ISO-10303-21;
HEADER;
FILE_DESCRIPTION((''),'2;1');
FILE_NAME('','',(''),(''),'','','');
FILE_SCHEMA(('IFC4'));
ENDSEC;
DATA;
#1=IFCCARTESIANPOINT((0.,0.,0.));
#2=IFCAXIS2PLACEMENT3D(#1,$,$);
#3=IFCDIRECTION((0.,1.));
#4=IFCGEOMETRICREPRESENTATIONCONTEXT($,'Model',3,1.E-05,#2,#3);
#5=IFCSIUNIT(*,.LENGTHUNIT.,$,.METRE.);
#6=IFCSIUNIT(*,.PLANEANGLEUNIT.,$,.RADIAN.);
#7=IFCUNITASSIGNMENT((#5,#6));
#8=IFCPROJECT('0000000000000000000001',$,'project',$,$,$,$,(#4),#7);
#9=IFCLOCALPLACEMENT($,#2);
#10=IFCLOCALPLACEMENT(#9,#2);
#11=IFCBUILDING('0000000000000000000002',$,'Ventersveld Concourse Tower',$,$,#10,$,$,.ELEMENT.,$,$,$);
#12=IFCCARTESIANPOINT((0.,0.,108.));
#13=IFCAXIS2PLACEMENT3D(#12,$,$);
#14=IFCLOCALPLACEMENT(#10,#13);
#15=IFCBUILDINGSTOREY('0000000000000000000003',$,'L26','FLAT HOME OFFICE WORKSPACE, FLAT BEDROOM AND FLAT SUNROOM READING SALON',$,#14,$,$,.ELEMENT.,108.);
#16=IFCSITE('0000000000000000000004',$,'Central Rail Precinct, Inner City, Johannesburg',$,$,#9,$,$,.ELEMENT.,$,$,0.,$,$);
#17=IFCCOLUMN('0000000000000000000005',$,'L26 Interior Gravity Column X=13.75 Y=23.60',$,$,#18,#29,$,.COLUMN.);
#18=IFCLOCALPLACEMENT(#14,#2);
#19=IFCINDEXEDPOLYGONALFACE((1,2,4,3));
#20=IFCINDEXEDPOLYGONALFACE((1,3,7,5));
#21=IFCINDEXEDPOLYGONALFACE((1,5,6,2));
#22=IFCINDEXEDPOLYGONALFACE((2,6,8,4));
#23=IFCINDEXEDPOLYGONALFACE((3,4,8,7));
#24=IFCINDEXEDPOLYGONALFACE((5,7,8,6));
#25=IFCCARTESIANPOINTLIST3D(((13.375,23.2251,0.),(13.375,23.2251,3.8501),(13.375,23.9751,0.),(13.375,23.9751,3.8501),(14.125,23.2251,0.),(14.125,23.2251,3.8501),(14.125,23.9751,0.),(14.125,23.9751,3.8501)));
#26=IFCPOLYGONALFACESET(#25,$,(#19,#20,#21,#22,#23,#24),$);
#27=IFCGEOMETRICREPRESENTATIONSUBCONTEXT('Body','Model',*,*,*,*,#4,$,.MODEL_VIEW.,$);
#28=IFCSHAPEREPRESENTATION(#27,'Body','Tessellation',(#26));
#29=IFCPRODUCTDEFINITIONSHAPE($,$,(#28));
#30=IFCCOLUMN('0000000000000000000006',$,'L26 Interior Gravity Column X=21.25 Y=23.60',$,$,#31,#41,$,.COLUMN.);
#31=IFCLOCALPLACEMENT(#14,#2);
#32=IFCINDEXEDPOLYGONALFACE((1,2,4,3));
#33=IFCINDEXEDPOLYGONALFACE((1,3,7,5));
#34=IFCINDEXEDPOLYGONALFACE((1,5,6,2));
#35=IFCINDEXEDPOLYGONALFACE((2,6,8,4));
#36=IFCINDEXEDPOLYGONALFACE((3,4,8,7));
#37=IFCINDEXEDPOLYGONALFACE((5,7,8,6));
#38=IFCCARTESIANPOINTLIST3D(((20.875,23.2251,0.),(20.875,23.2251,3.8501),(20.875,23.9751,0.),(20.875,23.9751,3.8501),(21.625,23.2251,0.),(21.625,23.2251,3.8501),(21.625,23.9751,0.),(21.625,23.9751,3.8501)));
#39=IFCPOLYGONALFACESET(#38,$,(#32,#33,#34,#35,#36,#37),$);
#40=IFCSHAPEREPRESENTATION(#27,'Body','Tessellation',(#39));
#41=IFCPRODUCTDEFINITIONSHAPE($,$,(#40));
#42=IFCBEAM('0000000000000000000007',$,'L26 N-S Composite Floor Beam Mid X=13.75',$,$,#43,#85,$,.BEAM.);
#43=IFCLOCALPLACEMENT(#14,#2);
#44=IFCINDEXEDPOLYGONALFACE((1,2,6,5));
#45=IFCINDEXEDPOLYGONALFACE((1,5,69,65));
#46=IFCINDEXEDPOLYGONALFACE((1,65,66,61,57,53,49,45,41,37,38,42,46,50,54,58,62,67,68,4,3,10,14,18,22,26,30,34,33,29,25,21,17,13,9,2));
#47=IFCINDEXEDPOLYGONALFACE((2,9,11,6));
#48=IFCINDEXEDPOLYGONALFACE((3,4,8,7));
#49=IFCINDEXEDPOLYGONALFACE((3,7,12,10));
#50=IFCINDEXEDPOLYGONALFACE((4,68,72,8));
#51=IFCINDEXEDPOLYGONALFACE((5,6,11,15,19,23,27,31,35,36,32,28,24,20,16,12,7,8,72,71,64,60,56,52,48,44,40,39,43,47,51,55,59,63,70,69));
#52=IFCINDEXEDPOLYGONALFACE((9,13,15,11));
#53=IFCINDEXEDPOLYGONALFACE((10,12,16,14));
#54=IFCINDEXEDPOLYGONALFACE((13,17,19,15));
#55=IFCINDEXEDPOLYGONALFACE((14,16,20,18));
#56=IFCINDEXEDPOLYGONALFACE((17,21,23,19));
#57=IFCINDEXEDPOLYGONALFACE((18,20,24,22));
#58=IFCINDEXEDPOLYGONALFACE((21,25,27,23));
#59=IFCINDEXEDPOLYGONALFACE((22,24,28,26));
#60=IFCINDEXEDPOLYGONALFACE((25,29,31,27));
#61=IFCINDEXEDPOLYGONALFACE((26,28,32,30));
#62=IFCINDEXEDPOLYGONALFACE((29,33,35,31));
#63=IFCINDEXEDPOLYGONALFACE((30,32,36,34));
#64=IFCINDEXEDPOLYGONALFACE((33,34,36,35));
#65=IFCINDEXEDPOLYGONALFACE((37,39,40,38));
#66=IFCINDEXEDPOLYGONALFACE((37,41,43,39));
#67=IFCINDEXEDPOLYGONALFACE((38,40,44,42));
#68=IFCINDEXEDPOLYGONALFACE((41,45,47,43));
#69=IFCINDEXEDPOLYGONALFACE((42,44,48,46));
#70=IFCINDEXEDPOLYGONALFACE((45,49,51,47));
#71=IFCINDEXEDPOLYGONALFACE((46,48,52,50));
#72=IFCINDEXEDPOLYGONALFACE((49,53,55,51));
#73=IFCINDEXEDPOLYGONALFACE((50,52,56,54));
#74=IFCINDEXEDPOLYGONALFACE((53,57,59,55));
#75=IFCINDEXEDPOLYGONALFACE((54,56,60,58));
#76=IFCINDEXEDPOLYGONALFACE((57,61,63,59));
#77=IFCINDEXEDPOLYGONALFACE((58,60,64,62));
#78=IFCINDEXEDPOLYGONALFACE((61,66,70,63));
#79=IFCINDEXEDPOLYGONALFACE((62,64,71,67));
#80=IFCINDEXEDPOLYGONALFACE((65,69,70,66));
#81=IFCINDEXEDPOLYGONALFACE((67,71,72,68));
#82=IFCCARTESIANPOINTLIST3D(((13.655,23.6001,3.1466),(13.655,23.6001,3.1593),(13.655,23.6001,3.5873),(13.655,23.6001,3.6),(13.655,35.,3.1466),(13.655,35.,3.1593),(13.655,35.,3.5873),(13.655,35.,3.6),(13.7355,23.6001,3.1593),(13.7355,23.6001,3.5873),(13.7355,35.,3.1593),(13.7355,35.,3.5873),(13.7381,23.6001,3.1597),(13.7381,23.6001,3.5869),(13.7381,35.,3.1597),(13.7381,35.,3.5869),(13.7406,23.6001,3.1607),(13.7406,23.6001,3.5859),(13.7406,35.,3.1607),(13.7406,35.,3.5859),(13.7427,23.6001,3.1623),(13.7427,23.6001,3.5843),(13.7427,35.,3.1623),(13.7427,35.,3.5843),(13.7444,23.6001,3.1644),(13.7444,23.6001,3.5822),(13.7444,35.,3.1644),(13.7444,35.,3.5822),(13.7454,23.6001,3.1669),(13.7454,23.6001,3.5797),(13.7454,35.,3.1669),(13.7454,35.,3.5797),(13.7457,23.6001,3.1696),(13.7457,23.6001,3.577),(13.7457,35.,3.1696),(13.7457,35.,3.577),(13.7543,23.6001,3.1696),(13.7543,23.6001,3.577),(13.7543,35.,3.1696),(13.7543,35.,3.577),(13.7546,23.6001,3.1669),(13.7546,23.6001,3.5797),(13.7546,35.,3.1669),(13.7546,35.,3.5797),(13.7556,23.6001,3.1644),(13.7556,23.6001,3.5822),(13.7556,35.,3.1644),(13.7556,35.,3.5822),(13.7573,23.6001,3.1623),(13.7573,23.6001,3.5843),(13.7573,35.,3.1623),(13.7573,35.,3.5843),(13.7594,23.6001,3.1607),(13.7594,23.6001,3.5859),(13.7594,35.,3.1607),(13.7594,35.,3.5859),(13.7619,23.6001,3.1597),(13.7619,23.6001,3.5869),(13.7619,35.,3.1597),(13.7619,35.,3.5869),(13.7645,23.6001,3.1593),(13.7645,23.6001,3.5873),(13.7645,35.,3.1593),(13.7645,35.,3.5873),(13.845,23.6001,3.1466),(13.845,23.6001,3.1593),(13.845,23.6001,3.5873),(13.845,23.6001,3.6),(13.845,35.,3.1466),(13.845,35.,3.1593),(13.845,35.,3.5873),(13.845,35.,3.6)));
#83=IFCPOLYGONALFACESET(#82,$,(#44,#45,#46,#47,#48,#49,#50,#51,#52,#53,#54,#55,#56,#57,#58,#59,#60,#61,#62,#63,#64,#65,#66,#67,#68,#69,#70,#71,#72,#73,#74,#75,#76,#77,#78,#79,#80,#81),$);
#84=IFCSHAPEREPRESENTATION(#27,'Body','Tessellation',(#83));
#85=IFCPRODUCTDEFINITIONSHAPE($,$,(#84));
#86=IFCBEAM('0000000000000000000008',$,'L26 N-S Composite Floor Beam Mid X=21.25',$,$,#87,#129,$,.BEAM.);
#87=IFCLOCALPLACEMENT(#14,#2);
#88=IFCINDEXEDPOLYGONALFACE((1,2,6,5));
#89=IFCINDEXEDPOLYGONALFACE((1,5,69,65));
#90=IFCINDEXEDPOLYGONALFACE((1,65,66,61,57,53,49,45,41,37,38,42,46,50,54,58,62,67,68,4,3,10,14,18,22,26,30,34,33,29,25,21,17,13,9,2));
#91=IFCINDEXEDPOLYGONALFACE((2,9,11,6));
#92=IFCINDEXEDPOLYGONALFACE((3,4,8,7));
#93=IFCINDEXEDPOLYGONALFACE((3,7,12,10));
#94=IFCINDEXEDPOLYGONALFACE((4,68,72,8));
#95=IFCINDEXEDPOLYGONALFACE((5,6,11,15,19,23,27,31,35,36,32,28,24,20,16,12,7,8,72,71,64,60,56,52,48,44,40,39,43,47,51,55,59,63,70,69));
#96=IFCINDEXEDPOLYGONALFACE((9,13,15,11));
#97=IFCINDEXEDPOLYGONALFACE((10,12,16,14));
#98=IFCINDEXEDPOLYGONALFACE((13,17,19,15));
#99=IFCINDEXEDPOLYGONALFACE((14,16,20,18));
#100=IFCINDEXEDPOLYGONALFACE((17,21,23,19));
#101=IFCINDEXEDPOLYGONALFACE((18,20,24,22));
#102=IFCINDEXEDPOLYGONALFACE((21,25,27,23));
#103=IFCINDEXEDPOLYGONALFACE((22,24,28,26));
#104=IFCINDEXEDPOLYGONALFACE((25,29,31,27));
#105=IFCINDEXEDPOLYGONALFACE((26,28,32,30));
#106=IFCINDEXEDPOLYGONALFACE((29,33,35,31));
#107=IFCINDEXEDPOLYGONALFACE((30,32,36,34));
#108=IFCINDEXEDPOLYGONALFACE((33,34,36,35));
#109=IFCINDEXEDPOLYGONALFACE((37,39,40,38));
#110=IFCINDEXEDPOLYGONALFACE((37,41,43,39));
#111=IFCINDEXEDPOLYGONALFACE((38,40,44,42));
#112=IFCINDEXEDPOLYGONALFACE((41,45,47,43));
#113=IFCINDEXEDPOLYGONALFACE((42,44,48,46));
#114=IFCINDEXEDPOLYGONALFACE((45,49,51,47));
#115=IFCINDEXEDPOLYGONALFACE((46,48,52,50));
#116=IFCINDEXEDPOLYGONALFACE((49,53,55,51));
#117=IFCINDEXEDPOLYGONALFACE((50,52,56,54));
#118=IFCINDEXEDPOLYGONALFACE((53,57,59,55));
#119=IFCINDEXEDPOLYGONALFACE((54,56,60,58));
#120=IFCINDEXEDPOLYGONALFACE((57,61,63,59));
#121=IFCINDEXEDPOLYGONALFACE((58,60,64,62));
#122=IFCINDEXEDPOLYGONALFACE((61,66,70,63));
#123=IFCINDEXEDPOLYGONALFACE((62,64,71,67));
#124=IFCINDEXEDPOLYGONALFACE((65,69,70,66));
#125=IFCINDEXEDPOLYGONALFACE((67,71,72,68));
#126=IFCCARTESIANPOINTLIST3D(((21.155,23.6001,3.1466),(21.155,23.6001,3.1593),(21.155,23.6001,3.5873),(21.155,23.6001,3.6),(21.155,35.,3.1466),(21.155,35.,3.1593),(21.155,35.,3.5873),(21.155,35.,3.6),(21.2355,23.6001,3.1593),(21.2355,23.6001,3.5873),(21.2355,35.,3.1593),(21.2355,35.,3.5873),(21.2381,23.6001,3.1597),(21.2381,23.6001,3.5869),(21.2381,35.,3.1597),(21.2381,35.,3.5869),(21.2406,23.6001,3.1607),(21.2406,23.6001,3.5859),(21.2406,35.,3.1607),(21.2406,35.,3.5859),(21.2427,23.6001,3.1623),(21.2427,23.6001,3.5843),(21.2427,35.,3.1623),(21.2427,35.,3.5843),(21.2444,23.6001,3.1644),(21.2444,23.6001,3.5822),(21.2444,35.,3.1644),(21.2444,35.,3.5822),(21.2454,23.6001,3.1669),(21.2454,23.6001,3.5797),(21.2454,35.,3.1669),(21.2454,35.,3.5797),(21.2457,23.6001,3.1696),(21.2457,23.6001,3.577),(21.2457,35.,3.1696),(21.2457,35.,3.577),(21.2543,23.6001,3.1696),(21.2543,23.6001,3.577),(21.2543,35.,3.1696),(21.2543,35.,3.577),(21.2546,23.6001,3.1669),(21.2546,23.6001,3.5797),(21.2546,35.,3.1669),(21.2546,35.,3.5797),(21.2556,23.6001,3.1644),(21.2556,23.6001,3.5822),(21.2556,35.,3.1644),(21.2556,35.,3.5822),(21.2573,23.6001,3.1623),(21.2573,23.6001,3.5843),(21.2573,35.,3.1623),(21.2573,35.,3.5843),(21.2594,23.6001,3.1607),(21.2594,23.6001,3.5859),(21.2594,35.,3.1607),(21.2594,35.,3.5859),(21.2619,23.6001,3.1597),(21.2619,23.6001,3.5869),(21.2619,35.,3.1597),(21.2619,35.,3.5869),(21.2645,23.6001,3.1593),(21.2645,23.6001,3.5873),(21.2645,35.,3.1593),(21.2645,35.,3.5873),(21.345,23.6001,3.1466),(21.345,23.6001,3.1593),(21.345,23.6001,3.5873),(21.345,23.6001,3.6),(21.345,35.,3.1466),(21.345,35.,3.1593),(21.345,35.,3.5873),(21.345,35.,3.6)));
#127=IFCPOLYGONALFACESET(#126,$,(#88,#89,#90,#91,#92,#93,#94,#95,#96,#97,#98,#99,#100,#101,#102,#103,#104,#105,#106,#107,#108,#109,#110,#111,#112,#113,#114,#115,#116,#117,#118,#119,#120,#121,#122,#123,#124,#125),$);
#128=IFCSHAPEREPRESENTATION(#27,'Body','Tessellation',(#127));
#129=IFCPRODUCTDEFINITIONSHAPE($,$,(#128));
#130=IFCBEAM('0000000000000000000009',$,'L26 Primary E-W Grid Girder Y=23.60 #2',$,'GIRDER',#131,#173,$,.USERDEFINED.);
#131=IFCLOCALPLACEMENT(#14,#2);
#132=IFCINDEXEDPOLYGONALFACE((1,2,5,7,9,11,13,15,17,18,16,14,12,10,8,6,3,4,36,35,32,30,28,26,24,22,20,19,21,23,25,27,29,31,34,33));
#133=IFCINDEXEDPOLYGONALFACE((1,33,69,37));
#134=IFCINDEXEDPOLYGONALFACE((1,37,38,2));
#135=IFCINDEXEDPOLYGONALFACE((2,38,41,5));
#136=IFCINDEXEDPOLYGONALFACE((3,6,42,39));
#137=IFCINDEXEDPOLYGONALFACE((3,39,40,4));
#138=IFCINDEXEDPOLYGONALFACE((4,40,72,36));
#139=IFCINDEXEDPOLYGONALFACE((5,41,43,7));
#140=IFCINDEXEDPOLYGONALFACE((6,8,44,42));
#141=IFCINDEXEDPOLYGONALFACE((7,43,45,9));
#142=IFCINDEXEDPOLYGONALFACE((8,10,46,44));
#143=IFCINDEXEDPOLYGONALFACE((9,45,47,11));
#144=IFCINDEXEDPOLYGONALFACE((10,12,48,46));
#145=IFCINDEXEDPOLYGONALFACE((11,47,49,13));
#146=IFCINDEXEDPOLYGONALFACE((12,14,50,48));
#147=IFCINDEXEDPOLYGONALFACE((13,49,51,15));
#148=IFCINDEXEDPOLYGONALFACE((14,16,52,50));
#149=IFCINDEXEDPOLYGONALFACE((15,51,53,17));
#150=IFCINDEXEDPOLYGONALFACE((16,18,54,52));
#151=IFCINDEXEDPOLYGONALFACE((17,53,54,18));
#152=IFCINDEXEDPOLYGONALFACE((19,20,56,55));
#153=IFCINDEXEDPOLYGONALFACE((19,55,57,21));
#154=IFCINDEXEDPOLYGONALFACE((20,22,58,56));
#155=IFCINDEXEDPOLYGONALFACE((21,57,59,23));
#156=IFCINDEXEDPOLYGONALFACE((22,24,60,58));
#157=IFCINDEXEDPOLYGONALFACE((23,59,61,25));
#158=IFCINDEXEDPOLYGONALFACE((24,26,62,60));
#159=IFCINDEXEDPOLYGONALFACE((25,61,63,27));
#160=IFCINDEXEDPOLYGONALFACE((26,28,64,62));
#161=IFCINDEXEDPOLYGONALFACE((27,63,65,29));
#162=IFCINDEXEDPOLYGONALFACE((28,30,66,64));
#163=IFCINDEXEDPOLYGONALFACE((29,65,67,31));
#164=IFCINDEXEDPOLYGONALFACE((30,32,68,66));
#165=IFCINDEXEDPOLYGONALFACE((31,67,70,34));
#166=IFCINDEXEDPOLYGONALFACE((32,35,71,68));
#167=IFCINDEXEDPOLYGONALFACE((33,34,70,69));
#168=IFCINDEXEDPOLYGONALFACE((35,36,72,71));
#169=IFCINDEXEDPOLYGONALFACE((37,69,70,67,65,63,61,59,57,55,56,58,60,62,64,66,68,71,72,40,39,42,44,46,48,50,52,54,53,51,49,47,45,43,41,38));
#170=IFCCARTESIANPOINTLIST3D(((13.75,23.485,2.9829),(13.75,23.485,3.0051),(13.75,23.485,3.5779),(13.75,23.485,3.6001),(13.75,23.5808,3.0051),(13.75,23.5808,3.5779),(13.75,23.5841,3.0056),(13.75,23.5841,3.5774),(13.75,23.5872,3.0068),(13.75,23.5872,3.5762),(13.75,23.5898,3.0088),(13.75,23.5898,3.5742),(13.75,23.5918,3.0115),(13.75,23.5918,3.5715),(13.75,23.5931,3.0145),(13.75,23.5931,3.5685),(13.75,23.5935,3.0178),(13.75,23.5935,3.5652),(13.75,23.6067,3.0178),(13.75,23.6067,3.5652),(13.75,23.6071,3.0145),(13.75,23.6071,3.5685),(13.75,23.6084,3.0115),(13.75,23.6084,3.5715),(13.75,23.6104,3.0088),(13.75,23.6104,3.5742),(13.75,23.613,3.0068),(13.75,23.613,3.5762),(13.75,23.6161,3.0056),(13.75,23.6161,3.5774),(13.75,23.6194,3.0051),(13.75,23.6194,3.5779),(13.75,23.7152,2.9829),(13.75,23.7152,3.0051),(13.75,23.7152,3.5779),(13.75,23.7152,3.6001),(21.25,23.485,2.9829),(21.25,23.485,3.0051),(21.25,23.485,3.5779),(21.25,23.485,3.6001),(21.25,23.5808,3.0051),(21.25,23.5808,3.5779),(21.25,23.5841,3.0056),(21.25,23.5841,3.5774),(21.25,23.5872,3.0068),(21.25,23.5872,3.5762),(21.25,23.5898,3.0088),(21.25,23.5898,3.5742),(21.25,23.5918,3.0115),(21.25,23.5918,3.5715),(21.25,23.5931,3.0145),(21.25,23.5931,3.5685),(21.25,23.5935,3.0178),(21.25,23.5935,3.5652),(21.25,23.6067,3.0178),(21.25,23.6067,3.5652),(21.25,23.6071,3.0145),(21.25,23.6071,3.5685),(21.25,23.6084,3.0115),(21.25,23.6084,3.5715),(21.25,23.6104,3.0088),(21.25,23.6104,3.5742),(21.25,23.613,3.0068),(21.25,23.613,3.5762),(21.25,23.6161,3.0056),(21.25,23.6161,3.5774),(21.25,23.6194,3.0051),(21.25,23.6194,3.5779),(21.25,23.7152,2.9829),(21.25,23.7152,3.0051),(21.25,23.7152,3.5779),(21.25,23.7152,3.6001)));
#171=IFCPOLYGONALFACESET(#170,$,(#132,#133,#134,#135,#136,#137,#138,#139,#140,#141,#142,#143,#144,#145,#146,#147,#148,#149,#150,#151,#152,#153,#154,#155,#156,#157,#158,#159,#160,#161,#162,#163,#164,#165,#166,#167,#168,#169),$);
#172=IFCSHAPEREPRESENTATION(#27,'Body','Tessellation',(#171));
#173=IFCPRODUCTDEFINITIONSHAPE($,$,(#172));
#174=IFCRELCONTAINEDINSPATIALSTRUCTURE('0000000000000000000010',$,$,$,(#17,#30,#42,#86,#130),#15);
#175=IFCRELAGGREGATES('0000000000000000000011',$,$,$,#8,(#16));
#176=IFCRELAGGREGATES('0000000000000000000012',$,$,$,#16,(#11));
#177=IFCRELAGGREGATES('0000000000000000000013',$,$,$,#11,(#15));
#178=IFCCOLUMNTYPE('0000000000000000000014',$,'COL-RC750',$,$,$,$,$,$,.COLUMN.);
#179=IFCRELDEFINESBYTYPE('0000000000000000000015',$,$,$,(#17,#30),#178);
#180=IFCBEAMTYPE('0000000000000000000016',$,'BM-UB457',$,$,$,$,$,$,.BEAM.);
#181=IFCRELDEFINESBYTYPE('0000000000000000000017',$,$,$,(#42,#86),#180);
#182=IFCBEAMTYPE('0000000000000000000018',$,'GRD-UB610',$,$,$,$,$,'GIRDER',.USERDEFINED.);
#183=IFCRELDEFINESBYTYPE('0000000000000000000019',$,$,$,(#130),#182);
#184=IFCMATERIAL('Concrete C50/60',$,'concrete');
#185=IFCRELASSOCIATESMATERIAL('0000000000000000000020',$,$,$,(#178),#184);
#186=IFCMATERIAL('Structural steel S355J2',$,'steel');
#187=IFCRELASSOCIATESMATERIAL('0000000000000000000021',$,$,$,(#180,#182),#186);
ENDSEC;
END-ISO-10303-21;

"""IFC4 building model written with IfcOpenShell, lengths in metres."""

from ifc_helpers import new_model, si_unit, direction, frame, origin, origin_2d, place, context, subcontext, project, spatial, rectangle, i_section, extrude, material, material_profile, profile_set, type_object, element, save


model = new_model("IFC4")

# Units and contexts
model_context = context("Model", 3, precision=1e-05, world=origin(), true_north=direction((0.0, 1.0)))
body_context = subcontext(model_context, "Body", "Model", "MODEL_VIEW")
ifc_project = project(units=[si_unit("LENGTHUNIT", "METRE"), si_unit("PLANEANGLEUNIT", "RADIAN")], contexts=[model_context])

# Site, building, storey
site_placement = place(None, origin())
site = spatial("IfcSite", under=ifc_project, at=site_placement, Name="Central Rail Precinct, Inner City, Johannesburg", CompositionType="ELEMENT", RefElevation=0.0)
building_placement = place(site_placement, origin())
building = spatial("IfcBuilding", under=site, at=building_placement, Name="Ventersveld Concourse Tower", CompositionType="ELEMENT")
storey_placement = place(building_placement, frame((0.0, 0.0, 108.0)))
storey = spatial("IfcBuildingStorey", under=building, at=storey_placement, Name="L26", Description="FLAT HOME OFFICE WORKSPACE, FLAT BEDROOM AND FLAT SUNROOM READING SALON", CompositionType="ELEMENT", Elevation=108.0)

# Columns
ifc_material_1 = material(Name="Concrete C50/60", Category="concrete")
ifc_material_profile_1 = material_profile(ifc_material_1, rectangle(XDim=0.75, YDim=0.75, at=origin_2d()), Name="RC 750x750")
ifc_profile_set_1 = profile_set([ifc_material_profile_1], Name="Concrete C50/60")
column_type = type_object("IfcColumnType", Name="COL-RC750", PredefinedType="COLUMN", material=ifc_profile_set_1)
for number, where, z_axis, x_axis, name in (
    (1, (13.75, 23.6001, 0.0), (0.0, 0.0, 1.0), (1.0, 0.0, 0.0), "L26 Interior Gravity Column X=13.75 Y=23.60"),
    (2, (21.25, 23.6001, 0.0), (0.0, 0.0, 1.0), (1.0, 0.0, 0.0), "L26 Interior Gravity Column X=21.25 Y=23.60"),
):
    element("IfcColumn", number, at=place(storey_placement, frame(where, z_axis=z_axis, x_axis=x_axis)), inside=storey, type_object=column_type, Name=name, PredefinedType="COLUMN", context=body_context, shape_type="SweptSolid", body=[
        extrude(rectangle(XDim=0.75, YDim=0.75, at=origin_2d()), origin(), (0.0, 0.0, 1.0), 3.8501),
    ])

# Beams
ifc_material_2 = material(Name="Structural steel S355J2", Category="steel")
ifc_material_profile_2 = material_profile(ifc_material_2, i_section(OverallWidth=0.1899, OverallDepth=0.4534, WebThickness=0.0085, FlangeThickness=0.0127, FilletRadius=0.0103, at=origin_2d()), Name="UB 457x191x67")
ifc_profile_set_2 = profile_set([ifc_material_profile_2], Name="Structural steel S355J2")
beam_type_1 = type_object("IfcBeamType", Name="BM-UB457", PredefinedType="BEAM", material=ifc_profile_set_2)
for number, where, z_axis, x_axis, name in (
    (3, (13.75, 23.6001, 3.3733), (0.0, 1.0, 0.0), (-1.0, 0.0, 0.0), "L26 N-S Composite Floor Beam Mid X=13.75"),
    (4, (21.25, 23.6001, 3.3733), (0.0, 1.0, 0.0), (-1.0, 0.0, 0.0), "L26 N-S Composite Floor Beam Mid X=21.25"),
):
    element("IfcBeam", number, at=place(storey_placement, frame(where, z_axis=z_axis, x_axis=x_axis)), inside=storey, type_object=beam_type_1, Name=name, PredefinedType="BEAM", context=body_context, shape_type="SweptSolid", body=[
        extrude(i_section(OverallWidth=0.1899, OverallDepth=0.4534, WebThickness=0.0085, FlangeThickness=0.0127, FilletRadius=0.0103, at=origin_2d()), origin(), (0.0, 0.0, 1.0), 11.3999),
    ])
ifc_material_profile_3 = material_profile(ifc_material_2, i_section(OverallWidth=0.2302, OverallDepth=0.6172, WebThickness=0.0132, FlangeThickness=0.0222, FilletRadius=0.0127, at=origin_2d()), Name="UB 610x229x140")
ifc_profile_set_3 = profile_set([ifc_material_profile_3], Name="Structural steel S355J2")
beam_type_2 = type_object("IfcBeamType", Name="GRD-UB610", ElementType="GIRDER", PredefinedType="USERDEFINED", material=ifc_profile_set_3)
for number, where, z_axis, x_axis, name in (
    (5, (13.75, 23.6001, 3.2915), (1.0, 0.0, 0.0), (0.0, 1.0, 0.0), "L26 Primary E-W Grid Girder Y=23.60 #2"),
):
    element("IfcBeam", number, at=place(storey_placement, frame(where, z_axis=z_axis, x_axis=x_axis)), inside=storey, type_object=beam_type_2, Name=name, ObjectType="GIRDER", PredefinedType="USERDEFINED", context=body_context, shape_type="SweptSolid", body=[
        extrude(i_section(OverallWidth=0.2302, OverallDepth=0.6172, WebThickness=0.0132, FlangeThickness=0.0222, FilletRadius=0.0127, at=origin_2d()), origin(), (0.0, 0.0, 1.0), 7.5),
    ])

save(model, "model.ifc")
